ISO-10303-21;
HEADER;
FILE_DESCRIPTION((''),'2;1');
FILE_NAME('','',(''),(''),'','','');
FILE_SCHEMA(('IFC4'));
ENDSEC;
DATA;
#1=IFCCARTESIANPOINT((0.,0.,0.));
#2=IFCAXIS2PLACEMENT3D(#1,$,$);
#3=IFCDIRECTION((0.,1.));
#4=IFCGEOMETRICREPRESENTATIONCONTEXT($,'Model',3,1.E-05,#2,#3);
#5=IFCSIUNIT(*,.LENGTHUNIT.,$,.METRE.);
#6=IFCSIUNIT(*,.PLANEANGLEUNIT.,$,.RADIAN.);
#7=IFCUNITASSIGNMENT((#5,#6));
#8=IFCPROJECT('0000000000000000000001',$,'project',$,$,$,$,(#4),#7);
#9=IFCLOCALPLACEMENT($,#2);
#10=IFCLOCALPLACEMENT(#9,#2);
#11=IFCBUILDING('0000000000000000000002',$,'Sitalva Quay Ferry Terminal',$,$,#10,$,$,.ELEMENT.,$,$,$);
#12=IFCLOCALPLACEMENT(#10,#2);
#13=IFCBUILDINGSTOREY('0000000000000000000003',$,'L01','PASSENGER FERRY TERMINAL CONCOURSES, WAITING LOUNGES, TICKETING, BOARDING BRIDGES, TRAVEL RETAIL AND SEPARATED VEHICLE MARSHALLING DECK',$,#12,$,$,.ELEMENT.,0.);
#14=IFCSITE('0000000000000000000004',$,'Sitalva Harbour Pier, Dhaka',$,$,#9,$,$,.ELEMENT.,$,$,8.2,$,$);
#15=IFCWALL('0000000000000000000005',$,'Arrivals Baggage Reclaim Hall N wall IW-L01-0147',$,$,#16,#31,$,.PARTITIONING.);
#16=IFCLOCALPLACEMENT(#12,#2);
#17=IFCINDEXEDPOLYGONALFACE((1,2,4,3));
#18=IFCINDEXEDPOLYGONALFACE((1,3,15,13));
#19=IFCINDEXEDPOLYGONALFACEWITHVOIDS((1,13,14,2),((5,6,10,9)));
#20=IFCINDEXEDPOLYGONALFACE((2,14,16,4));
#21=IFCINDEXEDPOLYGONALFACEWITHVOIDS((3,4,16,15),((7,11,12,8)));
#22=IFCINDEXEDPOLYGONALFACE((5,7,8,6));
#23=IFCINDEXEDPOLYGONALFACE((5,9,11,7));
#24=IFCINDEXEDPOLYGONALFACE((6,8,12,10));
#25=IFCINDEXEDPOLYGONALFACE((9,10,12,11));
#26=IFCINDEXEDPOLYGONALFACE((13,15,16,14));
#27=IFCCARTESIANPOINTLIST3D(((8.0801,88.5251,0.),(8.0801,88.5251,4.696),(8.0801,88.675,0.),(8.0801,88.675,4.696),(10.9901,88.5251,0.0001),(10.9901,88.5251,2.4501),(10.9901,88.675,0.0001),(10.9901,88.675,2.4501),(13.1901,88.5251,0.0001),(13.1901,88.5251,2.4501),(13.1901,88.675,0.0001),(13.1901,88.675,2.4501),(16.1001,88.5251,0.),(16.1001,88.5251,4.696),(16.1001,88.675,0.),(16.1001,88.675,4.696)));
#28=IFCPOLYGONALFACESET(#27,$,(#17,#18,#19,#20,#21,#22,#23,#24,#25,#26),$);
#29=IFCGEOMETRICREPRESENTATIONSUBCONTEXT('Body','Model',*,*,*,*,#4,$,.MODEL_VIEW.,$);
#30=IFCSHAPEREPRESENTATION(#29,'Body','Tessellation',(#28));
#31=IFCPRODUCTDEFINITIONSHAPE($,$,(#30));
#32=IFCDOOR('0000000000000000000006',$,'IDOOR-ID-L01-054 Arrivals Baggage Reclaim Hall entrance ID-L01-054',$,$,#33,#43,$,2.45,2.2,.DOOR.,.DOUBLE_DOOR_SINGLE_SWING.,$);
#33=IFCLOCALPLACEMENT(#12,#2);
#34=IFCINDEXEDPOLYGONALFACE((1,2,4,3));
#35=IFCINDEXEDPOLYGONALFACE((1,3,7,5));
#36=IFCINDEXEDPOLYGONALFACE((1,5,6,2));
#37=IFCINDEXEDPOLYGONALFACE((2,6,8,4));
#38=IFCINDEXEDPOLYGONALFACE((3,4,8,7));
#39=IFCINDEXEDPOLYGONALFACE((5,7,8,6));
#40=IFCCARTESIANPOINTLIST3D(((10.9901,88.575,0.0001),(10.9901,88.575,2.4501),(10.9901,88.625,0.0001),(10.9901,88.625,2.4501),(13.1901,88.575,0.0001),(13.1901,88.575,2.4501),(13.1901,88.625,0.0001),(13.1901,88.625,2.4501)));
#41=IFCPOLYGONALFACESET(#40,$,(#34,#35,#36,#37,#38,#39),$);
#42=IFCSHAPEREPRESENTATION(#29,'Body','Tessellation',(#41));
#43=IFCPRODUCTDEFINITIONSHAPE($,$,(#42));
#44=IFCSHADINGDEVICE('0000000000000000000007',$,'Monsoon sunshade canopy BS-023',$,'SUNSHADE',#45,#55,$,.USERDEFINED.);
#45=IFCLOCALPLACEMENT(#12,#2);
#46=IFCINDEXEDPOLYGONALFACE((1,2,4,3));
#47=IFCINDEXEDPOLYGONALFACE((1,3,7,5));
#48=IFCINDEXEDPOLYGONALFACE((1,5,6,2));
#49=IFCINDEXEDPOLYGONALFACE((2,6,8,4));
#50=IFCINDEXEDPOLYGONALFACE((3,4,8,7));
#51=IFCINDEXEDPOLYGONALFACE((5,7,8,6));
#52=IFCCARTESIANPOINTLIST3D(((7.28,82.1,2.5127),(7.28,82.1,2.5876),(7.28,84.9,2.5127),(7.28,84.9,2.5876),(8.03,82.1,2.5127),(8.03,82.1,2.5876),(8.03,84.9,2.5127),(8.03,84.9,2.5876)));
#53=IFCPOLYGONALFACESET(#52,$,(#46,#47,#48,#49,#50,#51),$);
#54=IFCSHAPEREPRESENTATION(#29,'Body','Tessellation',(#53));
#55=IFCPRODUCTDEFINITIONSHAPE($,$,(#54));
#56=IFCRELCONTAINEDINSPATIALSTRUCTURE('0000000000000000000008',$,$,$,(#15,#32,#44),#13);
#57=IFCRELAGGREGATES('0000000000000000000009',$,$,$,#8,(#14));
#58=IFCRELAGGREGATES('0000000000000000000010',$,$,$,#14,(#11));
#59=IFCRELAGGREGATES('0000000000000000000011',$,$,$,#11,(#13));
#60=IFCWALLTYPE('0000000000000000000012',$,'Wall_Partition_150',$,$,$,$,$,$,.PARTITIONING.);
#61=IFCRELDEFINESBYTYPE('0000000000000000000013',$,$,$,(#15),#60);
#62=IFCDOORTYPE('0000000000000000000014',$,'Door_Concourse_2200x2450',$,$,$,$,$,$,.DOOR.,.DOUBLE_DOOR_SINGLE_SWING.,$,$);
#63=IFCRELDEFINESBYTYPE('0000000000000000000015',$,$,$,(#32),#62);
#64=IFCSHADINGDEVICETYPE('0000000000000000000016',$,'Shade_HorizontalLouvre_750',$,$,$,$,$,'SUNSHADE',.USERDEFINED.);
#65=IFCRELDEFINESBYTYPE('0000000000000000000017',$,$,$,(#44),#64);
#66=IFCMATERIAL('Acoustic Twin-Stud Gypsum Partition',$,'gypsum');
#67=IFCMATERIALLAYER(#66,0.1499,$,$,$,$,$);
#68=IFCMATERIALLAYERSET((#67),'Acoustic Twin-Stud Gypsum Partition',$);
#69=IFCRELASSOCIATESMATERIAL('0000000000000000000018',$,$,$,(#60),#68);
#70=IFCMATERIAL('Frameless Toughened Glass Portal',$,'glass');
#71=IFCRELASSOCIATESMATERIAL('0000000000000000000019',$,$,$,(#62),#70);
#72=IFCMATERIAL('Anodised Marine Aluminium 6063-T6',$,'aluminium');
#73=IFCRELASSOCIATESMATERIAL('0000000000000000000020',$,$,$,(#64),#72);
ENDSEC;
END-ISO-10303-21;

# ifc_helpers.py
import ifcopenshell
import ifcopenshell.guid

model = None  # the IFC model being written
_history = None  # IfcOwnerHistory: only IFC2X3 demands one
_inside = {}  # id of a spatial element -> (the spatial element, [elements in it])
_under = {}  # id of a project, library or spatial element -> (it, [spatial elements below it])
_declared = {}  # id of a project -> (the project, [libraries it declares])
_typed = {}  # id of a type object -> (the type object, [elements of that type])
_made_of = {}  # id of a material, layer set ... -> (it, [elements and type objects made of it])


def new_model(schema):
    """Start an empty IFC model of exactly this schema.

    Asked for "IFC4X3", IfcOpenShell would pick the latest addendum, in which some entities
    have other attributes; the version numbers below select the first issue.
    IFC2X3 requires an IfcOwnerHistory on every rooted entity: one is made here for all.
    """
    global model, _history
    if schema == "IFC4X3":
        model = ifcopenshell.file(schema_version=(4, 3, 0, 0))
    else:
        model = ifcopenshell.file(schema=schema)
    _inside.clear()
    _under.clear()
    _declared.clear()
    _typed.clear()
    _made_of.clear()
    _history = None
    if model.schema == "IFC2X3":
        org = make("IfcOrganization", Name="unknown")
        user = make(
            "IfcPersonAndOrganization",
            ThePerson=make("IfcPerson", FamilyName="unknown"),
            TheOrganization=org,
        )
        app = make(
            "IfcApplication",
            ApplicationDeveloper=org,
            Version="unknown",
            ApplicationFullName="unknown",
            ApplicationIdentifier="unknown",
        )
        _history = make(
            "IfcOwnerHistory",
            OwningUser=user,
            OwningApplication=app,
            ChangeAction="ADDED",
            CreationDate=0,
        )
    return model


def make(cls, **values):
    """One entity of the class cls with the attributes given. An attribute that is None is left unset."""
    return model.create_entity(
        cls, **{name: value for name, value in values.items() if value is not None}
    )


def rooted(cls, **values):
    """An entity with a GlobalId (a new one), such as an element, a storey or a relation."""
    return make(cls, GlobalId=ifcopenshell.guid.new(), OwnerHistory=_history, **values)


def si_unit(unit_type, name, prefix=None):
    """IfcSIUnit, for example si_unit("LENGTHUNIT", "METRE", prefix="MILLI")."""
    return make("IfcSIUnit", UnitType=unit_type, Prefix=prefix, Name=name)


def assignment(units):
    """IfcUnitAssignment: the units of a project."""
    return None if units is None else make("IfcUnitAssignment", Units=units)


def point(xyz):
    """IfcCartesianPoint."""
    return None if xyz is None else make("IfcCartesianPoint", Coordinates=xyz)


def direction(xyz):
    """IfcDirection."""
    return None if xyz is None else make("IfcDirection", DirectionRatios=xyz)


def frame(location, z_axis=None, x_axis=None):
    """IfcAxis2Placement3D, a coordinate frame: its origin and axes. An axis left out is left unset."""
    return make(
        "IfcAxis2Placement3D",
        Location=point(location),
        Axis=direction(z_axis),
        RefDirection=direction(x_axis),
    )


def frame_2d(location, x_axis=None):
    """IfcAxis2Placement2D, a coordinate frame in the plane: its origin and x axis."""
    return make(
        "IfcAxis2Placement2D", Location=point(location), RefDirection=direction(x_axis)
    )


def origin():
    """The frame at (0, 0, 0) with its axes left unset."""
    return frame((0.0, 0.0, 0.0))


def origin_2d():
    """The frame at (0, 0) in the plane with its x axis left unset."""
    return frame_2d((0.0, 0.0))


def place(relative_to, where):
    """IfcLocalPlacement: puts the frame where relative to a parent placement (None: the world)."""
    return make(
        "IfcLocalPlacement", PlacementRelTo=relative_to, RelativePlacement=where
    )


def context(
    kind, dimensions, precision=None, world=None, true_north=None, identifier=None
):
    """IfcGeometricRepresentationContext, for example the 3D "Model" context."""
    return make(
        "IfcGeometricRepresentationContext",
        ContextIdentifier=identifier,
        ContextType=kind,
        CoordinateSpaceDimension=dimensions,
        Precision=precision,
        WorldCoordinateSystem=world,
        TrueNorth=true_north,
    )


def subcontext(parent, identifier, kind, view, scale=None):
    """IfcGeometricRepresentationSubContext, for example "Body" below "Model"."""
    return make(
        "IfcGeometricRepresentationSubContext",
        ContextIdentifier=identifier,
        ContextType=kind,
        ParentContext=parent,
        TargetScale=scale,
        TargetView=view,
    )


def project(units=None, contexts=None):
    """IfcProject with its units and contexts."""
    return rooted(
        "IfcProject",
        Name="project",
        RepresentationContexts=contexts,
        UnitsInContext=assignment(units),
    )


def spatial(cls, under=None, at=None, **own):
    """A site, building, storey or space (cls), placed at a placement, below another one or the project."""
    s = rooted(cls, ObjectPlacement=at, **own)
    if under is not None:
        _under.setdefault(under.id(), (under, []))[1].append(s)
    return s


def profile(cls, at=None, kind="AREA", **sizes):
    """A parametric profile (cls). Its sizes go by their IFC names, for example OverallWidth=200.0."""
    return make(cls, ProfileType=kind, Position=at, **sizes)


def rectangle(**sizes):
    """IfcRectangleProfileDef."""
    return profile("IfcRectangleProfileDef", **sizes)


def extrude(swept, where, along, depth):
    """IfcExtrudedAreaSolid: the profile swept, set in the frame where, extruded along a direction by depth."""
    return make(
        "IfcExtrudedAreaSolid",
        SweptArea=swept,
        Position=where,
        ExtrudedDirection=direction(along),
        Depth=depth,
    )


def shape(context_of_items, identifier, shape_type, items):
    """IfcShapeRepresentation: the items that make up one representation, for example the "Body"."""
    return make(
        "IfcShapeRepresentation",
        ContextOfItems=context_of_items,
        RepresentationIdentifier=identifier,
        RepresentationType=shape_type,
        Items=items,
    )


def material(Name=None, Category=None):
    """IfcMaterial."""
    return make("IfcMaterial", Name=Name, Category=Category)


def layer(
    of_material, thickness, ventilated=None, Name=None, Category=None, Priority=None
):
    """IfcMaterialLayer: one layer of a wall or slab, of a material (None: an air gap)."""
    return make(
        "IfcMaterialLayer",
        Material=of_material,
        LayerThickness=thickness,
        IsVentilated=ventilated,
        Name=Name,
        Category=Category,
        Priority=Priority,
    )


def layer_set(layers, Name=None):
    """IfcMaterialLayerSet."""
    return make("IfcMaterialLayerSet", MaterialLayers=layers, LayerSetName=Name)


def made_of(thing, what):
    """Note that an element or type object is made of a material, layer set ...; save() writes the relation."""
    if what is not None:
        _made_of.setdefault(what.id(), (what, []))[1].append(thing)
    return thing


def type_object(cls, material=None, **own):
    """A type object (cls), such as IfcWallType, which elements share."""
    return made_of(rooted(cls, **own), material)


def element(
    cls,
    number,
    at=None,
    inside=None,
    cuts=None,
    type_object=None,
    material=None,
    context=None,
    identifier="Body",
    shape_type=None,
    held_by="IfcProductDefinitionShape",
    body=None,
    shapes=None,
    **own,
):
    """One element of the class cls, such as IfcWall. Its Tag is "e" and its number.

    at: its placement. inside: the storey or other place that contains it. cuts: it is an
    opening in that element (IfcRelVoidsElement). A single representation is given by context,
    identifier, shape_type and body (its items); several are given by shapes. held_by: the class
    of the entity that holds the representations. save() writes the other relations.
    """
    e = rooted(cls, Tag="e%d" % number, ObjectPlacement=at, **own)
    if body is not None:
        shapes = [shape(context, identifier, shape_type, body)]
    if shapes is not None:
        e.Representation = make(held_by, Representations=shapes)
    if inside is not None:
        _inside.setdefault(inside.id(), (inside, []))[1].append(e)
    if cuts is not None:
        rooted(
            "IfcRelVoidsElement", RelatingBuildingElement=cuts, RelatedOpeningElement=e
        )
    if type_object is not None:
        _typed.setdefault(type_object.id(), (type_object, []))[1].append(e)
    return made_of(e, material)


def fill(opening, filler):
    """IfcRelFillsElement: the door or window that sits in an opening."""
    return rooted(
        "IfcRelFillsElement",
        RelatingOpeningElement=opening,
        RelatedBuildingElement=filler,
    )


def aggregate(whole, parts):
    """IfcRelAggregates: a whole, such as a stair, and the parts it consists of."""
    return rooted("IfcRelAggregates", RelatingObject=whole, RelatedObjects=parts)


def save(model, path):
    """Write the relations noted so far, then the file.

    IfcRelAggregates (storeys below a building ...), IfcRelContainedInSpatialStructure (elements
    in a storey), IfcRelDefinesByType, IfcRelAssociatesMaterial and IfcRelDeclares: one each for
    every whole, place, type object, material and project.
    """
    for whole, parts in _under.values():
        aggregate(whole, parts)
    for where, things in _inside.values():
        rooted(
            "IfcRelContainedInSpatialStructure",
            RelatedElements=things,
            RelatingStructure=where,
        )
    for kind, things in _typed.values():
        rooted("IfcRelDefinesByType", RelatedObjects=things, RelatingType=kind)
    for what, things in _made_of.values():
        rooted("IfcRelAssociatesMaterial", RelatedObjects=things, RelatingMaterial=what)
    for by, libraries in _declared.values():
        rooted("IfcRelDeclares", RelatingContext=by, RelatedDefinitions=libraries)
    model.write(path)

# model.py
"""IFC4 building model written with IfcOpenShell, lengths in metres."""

from ifc_helpers import new_model, si_unit, direction, frame, frame_2d, origin, origin_2d, place, context, subcontext, project, spatial, rectangle, extrude, material, layer, layer_set, type_object, element, fill, save


model = new_model("IFC4")

# Units and contexts
model_context = context("Model", 3, precision=1e-05, world=origin(), true_north=direction((0.0, 1.0)))
body_context = subcontext(model_context, "Body", "Model", "MODEL_VIEW")
ifc_project = project(units=[si_unit("LENGTHUNIT", "METRE"), si_unit("PLANEANGLEUNIT", "RADIAN")], contexts=[model_context])

# Site, building, storey
site_placement = place(None, origin())
site = spatial("IfcSite", under=ifc_project, at=site_placement, Name="Sitalva Harbour Pier, Dhaka", CompositionType="ELEMENT", RefElevation=8.2)
building_placement = place(site_placement, origin())
building = spatial("IfcBuilding", under=site, at=building_placement, Name="Sitalva Quay Ferry Terminal", CompositionType="ELEMENT")
storey_placement = place(building_placement, origin())
storey = spatial("IfcBuildingStorey", under=building, at=storey_placement, Name="L01", Description="PASSENGER FERRY TERMINAL CONCOURSES, WAITING LOUNGES, TICKETING, BOARDING BRIDGES, TRAVEL RETAIL AND SEPARATED VEHICLE MARSHALLING DECK", CompositionType="ELEMENT", Elevation=0.0)

# Wall, opening, door
ifc_material_1 = material(Name="Acoustic Twin-Stud Gypsum Partition", Category="gypsum")
ifc_layer_1 = layer(ifc_material_1, 0.1499)
ifc_layer_set_1 = layer_set([ifc_layer_1], Name="Acoustic Twin-Stud Gypsum Partition")
wall_type_1 = type_object("IfcWallType", Name="Wall_Partition_150", PredefinedType="PARTITIONING", material=ifc_layer_set_1)
wall_1_placement = place(storey_placement, frame((8.0801, 88.6001, 0.0), z_axis=(0.0, 0.0, 1.0), x_axis=(1.0, 0.0, 0.0)))
wall_1 = element("IfcWall", 1, at=wall_1_placement, inside=storey, type_object=wall_type_1, Name="Arrivals Baggage Reclaim Hall N wall IW-L01-0147", PredefinedType="PARTITIONING", context=body_context, shape_type="SweptSolid", body=[
    extrude(rectangle(XDim=8.02, YDim=0.1499, at=frame_2d((4.01, 0.0))), origin(), (0.0, 0.0, 1.0), 4.696),
])
opening_1_placement = place(wall_1_placement, frame((2.9099, 0.0, 0.0)))
opening_1 = element("IfcOpeningElement", 2, at=opening_1_placement, cuts=wall_1, PredefinedType="OPENING", context=body_context, shape_type="SweptSolid", body=[
    extrude(rectangle(XDim=2.2, YDim=2.45, at=frame_2d((1.1001, 1.2251))), frame((0.0, 0.085, 0.0), z_axis=(0.0, -1.0, 0.0), x_axis=(1.0, 0.0, 0.0)), (0.0, 0.0, 1.0), 0.1699),
])
ifc_material_2 = material(Name="Frameless Toughened Glass Portal", Category="glass")
door_type_1 = type_object("IfcDoorType", Name="Door_Concourse_2200x2450", OperationType="DOUBLE_DOOR_SINGLE_SWING", PredefinedType="DOOR", material=ifc_material_2)
door_1_placement = place(opening_1_placement, origin())
door_1 = element("IfcDoor", 3, at=door_1_placement, inside=storey, type_object=door_type_1, Name="IDOOR-ID-L01-054 Arrivals Baggage Reclaim Hall entrance ID-L01-054", OperationType="DOUBLE_DOOR_SINGLE_SWING", OverallHeight=2.45, OverallWidth=2.2, PredefinedType="DOOR", context=body_context, shape_type="SweptSolid", body=[
    extrude(rectangle(XDim=2.2, YDim=2.45, at=frame_2d((1.1001, 1.2251))), frame((0.0, 0.0249, 0.0), z_axis=(0.0, -1.0, 0.0), x_axis=(1.0, 0.0, 0.0)), (0.0, 0.0, 1.0), 0.05),
])
fill(opening_1, door_1)

# Shading device
ifc_material_3 = material(Name="Anodised Marine Aluminium 6063-T6", Category="aluminium")
shading_device_type = type_object("IfcShadingDeviceType", Name="Shade_HorizontalLouvre_750", ElementType="SUNSHADE", PredefinedType="USERDEFINED", material=ifc_material_3)
shading_device_placement = place(storey_placement, frame((7.655, 83.5, 2.5127), z_axis=(0.0, 0.0, 1.0), x_axis=(1.0, 0.0, 0.0)))
element("IfcShadingDevice", 4, at=shading_device_placement, inside=storey, type_object=shading_device_type, Name="Monsoon sunshade canopy BS-023", ObjectType="SUNSHADE", PredefinedType="USERDEFINED", context=body_context, shape_type="SweptSolid", body=[
    extrude(rectangle(XDim=0.75, YDim=2.8, at=origin_2d()), origin(), (0.0, 0.0, 1.0), 0.075),
])

save(model, "model.ifc")
